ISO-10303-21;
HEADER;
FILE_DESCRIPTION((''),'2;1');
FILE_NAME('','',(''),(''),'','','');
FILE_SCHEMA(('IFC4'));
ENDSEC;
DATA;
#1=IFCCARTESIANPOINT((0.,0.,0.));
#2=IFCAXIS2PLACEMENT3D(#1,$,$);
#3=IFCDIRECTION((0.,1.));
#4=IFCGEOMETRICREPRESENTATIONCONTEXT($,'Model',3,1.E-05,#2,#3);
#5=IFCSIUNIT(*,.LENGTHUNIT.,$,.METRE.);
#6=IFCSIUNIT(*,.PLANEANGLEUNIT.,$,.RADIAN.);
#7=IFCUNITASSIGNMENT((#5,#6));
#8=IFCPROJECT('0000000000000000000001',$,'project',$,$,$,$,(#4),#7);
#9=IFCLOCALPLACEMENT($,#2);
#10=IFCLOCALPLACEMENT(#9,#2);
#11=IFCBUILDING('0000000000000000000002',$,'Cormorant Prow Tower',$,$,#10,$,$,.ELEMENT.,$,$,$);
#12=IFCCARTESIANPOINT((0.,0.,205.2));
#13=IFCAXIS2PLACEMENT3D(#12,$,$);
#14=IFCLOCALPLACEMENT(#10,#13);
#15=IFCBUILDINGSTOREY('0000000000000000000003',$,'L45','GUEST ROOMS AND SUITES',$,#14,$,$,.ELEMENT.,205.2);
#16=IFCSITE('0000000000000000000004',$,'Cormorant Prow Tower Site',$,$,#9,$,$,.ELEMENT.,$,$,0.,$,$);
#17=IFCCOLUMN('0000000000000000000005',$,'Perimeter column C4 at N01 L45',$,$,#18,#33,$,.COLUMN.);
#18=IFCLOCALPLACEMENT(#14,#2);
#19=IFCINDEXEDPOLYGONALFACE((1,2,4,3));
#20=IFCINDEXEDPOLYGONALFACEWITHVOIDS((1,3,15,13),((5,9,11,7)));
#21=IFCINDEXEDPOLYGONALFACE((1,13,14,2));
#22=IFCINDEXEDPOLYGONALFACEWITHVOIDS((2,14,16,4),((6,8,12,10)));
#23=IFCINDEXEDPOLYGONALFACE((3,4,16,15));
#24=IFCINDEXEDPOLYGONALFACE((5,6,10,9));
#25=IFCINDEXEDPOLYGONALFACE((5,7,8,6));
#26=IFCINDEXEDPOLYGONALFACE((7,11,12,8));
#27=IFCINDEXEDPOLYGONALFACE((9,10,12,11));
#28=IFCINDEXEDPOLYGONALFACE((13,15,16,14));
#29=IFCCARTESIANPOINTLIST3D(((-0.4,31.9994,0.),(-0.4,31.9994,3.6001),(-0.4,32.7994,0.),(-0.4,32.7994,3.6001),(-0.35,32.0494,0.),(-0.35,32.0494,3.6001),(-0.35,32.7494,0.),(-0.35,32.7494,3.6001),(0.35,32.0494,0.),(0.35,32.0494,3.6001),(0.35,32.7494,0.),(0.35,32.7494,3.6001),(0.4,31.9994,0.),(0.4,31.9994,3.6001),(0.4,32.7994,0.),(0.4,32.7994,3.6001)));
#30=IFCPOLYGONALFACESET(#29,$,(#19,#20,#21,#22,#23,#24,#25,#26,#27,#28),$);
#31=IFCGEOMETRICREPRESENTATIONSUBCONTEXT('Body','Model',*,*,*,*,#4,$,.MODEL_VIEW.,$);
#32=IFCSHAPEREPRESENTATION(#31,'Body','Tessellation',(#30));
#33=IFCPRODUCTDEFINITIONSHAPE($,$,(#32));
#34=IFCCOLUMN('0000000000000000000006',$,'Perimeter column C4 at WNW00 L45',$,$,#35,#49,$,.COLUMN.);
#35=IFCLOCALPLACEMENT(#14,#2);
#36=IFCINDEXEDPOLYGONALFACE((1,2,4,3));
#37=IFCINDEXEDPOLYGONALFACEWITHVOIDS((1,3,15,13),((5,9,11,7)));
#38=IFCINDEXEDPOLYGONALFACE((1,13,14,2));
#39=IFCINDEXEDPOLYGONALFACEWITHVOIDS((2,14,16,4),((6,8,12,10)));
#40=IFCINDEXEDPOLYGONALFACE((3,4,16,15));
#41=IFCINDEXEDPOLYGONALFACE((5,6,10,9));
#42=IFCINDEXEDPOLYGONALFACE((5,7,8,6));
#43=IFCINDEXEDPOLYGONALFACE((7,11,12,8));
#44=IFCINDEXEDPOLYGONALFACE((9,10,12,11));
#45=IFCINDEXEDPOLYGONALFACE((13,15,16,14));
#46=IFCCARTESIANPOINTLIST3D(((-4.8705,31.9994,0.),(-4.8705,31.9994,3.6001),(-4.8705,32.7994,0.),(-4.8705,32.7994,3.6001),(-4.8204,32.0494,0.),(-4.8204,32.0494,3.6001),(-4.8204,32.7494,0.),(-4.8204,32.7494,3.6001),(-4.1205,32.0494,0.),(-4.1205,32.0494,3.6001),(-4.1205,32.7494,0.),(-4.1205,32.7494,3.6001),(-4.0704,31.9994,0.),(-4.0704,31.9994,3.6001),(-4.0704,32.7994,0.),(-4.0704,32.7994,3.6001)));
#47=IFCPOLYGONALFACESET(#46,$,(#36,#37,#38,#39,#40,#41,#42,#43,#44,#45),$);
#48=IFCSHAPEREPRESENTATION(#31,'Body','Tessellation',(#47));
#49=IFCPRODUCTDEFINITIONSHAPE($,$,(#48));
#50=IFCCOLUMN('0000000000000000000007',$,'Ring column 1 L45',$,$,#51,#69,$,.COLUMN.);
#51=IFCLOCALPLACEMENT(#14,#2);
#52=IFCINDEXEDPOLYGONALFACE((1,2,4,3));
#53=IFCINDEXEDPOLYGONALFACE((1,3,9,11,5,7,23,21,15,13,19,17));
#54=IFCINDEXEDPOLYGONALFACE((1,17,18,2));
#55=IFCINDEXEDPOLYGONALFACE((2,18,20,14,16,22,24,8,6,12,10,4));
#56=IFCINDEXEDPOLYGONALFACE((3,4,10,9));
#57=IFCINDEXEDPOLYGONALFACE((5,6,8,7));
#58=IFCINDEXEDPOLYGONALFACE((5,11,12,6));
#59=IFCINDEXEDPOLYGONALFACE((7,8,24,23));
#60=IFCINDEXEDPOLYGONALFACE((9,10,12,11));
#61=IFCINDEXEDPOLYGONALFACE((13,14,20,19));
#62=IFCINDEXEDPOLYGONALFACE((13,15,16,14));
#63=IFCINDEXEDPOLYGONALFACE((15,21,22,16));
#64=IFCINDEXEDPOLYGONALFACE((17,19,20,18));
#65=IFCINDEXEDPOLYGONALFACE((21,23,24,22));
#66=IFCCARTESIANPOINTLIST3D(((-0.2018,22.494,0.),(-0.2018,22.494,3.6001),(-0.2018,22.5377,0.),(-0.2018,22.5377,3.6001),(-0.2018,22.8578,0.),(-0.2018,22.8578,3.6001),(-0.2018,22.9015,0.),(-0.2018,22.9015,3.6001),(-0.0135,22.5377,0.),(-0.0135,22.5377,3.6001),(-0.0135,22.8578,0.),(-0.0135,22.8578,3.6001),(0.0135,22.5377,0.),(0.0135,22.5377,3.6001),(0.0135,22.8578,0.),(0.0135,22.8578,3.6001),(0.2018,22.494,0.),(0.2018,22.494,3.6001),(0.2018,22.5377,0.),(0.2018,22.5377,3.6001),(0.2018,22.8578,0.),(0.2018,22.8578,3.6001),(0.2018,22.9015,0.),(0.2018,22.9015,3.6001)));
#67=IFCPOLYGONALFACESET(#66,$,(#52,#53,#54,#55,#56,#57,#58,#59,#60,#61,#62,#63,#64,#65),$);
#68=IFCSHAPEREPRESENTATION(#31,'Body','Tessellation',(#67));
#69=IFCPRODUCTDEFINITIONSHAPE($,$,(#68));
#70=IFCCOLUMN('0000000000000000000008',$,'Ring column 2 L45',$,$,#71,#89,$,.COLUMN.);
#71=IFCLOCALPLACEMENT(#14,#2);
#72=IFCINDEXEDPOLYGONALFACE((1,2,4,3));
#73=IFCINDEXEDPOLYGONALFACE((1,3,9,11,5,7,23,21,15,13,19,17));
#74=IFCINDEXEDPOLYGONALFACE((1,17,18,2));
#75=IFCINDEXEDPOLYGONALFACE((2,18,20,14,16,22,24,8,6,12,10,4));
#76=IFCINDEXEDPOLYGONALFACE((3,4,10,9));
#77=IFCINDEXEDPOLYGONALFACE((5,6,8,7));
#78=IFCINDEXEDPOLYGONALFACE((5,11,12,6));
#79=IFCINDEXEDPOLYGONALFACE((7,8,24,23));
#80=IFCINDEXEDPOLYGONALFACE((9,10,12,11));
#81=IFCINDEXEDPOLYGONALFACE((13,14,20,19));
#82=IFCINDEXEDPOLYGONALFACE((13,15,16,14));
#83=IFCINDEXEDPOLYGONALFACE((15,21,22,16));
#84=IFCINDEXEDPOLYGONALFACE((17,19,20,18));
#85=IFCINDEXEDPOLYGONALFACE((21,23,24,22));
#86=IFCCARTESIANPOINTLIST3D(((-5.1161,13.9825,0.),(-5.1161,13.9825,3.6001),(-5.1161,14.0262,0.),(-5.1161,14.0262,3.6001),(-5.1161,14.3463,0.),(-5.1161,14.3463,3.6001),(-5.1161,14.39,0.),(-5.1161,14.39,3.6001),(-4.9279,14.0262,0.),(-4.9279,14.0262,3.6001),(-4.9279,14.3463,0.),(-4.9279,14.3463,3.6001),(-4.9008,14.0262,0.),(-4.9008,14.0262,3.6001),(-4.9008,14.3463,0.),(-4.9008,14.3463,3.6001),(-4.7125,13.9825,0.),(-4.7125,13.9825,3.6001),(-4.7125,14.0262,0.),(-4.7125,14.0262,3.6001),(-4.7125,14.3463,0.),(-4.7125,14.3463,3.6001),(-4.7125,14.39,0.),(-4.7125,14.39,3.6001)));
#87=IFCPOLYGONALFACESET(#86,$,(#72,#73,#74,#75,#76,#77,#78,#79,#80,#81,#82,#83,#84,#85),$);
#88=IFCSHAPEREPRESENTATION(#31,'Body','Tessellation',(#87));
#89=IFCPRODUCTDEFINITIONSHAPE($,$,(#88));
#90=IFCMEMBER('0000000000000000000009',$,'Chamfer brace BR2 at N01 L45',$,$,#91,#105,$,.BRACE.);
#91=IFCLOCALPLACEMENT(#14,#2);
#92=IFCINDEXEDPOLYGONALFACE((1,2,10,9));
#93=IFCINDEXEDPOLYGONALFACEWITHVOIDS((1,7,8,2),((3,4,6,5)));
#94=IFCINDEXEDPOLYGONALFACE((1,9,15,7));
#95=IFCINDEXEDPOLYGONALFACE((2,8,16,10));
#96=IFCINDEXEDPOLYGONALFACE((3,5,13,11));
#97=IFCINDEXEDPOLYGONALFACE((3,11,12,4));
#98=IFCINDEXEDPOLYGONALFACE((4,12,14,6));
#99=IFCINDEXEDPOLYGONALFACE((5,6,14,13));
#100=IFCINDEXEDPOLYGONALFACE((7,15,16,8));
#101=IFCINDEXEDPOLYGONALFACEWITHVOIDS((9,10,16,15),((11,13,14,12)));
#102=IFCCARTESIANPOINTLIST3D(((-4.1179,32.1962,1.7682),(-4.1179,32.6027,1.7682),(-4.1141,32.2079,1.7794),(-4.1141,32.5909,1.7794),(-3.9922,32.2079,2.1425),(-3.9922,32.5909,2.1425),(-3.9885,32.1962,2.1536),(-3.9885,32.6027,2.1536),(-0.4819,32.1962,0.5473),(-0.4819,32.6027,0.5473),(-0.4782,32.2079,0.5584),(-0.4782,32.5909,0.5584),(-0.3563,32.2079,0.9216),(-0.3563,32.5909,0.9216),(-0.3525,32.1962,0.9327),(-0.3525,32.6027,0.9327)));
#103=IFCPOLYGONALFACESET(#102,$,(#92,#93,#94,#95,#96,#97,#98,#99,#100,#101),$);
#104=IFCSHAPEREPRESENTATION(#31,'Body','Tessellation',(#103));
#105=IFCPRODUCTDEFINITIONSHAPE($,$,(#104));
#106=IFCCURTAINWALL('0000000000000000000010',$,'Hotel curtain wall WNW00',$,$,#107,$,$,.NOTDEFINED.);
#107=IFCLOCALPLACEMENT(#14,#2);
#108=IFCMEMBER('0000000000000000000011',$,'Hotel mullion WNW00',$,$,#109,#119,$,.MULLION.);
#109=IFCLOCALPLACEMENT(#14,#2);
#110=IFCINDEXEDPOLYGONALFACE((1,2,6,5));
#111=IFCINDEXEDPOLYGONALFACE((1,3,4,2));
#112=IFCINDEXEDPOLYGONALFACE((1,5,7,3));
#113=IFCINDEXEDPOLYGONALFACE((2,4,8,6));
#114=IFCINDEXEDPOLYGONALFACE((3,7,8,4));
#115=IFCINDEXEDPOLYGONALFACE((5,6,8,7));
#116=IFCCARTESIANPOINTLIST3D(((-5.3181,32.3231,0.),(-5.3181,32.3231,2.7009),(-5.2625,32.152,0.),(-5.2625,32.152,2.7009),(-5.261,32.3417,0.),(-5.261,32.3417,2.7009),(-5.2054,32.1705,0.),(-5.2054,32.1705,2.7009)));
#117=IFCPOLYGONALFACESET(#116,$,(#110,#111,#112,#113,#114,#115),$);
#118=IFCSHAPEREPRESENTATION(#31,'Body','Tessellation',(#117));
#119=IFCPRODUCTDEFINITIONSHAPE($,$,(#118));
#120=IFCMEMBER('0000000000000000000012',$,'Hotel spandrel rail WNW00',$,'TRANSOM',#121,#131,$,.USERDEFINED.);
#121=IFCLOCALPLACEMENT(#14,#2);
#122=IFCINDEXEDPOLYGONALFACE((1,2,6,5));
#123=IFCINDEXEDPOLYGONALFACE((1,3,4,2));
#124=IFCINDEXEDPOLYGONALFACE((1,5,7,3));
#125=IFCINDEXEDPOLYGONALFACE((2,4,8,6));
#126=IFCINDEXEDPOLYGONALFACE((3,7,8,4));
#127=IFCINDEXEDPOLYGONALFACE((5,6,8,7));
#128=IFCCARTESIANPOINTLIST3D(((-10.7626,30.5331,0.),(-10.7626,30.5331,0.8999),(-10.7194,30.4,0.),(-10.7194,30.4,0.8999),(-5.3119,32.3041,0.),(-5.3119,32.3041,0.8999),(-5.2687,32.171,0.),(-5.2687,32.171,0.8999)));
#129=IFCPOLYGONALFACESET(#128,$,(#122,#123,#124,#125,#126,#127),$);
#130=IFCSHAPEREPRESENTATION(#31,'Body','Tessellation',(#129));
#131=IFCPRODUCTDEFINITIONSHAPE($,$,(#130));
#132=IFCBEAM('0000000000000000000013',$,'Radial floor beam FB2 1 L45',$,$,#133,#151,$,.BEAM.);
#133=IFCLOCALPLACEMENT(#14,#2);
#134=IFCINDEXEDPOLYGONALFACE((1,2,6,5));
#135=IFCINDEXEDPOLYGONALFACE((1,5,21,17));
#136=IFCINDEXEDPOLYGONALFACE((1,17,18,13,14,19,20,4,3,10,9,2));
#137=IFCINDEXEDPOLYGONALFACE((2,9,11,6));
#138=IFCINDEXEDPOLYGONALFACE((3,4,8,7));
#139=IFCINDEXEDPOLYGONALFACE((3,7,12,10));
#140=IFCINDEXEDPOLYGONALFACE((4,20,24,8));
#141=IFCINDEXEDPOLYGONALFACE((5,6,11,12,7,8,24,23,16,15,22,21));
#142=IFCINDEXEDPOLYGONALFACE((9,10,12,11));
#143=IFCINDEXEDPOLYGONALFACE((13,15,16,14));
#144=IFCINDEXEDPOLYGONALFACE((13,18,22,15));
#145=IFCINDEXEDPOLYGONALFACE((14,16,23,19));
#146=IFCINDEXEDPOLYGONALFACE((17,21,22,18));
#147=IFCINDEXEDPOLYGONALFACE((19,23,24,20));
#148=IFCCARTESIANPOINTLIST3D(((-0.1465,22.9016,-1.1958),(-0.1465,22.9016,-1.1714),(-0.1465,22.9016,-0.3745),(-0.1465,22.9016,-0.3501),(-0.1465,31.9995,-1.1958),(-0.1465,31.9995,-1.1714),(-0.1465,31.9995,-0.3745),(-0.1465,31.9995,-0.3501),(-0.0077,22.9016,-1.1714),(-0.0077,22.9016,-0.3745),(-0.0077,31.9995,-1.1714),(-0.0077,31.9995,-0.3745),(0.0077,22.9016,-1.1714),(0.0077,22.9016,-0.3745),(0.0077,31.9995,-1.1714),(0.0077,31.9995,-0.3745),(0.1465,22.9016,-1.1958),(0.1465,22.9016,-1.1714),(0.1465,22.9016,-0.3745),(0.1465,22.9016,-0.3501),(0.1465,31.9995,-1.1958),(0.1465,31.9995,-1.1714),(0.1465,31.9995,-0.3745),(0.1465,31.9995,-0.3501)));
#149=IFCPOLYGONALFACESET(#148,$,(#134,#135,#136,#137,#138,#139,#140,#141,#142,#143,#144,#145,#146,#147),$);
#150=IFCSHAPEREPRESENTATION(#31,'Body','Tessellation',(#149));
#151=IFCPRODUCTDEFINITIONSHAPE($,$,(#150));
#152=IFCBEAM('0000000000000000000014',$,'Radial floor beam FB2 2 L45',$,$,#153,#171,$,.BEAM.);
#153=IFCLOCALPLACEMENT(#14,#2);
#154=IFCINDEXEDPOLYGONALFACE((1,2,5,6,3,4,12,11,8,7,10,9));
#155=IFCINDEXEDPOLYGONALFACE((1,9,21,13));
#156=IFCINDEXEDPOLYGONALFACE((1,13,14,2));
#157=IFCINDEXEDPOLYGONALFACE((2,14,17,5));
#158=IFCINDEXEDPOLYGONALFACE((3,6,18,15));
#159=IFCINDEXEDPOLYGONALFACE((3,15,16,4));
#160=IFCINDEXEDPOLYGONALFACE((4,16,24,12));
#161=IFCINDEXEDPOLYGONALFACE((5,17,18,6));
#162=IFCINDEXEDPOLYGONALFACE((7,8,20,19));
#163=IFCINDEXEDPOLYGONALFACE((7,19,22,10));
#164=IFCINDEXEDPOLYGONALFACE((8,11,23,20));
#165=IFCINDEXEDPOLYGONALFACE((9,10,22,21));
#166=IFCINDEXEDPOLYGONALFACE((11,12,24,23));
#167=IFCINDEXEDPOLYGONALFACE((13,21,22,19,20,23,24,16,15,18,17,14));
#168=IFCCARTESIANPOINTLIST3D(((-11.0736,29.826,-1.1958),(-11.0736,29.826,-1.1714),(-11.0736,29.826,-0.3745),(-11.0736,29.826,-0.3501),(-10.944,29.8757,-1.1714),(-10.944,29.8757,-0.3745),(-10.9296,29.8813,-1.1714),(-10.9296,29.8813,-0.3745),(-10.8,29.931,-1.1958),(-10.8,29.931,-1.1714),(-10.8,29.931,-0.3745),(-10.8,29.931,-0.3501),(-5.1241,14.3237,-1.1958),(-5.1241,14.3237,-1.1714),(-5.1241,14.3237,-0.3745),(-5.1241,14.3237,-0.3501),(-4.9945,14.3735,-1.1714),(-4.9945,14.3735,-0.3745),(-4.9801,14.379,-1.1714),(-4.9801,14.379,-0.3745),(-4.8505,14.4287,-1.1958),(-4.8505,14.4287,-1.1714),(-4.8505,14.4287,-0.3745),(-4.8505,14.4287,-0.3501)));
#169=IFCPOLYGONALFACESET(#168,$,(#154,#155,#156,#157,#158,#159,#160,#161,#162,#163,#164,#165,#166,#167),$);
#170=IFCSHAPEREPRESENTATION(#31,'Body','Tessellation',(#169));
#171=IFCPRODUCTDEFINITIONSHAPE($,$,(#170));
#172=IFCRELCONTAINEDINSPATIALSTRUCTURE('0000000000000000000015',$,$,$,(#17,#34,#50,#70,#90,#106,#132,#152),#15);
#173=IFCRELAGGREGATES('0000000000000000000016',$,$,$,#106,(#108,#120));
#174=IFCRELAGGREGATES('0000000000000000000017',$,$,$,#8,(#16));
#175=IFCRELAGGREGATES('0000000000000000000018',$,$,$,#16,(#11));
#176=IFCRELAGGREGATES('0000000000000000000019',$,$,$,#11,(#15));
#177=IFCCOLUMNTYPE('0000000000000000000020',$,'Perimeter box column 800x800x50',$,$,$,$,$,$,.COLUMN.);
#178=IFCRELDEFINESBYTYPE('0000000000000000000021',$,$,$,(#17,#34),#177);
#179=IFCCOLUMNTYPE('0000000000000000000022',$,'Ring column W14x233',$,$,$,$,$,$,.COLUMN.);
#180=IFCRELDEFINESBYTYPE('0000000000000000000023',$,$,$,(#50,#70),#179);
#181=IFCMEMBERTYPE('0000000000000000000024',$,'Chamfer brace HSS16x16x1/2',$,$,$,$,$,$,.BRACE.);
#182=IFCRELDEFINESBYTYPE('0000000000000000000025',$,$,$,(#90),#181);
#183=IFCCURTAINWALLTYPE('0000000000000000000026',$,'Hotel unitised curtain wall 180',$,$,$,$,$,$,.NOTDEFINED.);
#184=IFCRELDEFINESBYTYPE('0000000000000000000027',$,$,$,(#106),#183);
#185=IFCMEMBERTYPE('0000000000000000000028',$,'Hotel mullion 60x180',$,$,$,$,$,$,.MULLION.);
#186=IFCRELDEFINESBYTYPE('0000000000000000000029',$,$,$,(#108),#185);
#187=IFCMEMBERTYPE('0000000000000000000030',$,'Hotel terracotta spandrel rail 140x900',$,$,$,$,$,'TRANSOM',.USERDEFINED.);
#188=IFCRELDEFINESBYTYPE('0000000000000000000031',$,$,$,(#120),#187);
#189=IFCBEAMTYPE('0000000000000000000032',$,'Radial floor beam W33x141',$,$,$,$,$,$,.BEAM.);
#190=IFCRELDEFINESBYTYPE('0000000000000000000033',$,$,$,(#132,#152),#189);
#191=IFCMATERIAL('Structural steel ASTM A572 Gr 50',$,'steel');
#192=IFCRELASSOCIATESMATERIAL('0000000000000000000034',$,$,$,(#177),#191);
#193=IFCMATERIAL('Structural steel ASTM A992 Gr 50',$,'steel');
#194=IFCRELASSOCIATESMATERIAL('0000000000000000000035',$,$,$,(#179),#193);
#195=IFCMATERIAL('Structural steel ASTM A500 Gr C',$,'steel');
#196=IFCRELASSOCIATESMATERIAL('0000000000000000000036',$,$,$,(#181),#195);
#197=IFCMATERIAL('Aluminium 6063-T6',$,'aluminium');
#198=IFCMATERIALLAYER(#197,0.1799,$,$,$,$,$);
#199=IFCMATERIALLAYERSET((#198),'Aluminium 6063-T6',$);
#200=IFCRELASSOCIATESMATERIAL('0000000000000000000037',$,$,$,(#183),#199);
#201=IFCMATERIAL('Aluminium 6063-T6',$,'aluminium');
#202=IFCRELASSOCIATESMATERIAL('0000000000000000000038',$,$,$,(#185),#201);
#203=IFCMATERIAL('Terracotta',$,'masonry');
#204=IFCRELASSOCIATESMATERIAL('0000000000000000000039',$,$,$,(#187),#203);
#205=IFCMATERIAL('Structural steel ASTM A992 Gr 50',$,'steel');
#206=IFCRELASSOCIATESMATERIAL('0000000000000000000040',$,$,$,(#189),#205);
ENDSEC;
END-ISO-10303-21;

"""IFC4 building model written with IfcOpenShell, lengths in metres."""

from ifc_helpers import new_model, si_unit, direction, frame, origin, origin_2d, place, context, subcontext, project, spatial, rectangle, hollow_rectangle, i_section, extrude, material, layer, layer_set, material_profile, profile_set, type_object, element, aggregate, save


model = new_model("IFC4")

# Units and contexts
model_context = context("Model", 3, precision=1e-05, world=origin(), true_north=direction((0.0, 1.0)))
body_context = subcontext(model_context, "Body", "Model", "MODEL_VIEW")
ifc_project = project(units=[si_unit("LENGTHUNIT", "METRE"), si_unit("PLANEANGLEUNIT", "RADIAN")], contexts=[model_context])

# Site, building, storey
site_placement = place(None, origin())
site = spatial("IfcSite", under=ifc_project, at=site_placement, Name="Cormorant Prow Tower Site", CompositionType="ELEMENT", RefElevation=0.0)
building_placement = place(site_placement, origin())
building = spatial("IfcBuilding", under=site, at=building_placement, Name="Cormorant Prow Tower", CompositionType="ELEMENT")
storey_placement = place(building_placement, frame((0.0, 0.0, 205.2)))
storey = spatial("IfcBuildingStorey", under=building, at=storey_placement, Name="L45", Description="GUEST ROOMS AND SUITES", CompositionType="ELEMENT", Elevation=205.2)

# Columns
ifc_material_1 = material(Name="Structural steel ASTM A572 Gr 50", Category="steel")
ifc_material_profile_1 = material_profile(ifc_material_1, hollow_rectangle(XDim=0.8, YDim=0.8, WallThickness=0.05, at=origin_2d()), Name="Box 800x800x50")
ifc_profile_set_1 = profile_set([ifc_material_profile_1], Name="Structural steel ASTM A572 Gr 50")
column_type_1 = type_object("IfcColumnType", Name="Perimeter box column 800x800x50", PredefinedType="COLUMN", material=ifc_profile_set_1)
for number, where, z_axis, x_axis, name in (
    (1, (0.0, 32.3994, 0.0), (0.0, 0.0, 1.0), (1.0, 0.0, 0.0), "Perimeter column C4 at N01 L45"),
    (2, (-4.4705, 32.3994, 0.0), (0.0, 0.0, 1.0), (1.0, 0.0, 0.0), "Perimeter column C4 at WNW00 L45"),
):
    element("IfcColumn", number, at=place(storey_placement, frame(where, z_axis=z_axis, x_axis=x_axis)), inside=storey, type_object=column_type_1, Name=name, PredefinedType="COLUMN", context=body_context, shape_type="SweptSolid", body=[
        extrude(hollow_rectangle(XDim=0.8, YDim=0.8, WallThickness=0.05, at=origin_2d()), origin(), (0.0, 0.0, 1.0), 3.6001),
    ])
ifc_material_2 = material(Name="Structural steel ASTM A992 Gr 50", Category="steel")
ifc_material_profile_2 = material_profile(ifc_material_2, i_section(OverallWidth=0.4036, OverallDepth=0.4075, WebThickness=0.0271, FlangeThickness=0.0437, at=origin_2d()), Name="W14x233")
ifc_profile_set_2 = profile_set([ifc_material_profile_2], Name="Structural steel ASTM A992 Gr 50")
column_type_2 = type_object("IfcColumnType", Name="Ring column W14x233", PredefinedType="COLUMN", material=ifc_profile_set_2)
for number, where, z_axis, x_axis, name in (
    (3, (0.0, 22.6978, 0.0), (0.0, 0.0, 1.0), (1.0, 0.0, 0.0), "Ring column 1 L45"),
    (4, (-4.9143, 14.1863, 0.0), (0.0, 0.0, 1.0), (1.0, 0.0, 0.0), "Ring column 2 L45"),
):
    element("IfcColumn", number, at=place(storey_placement, frame(where, z_axis=z_axis, x_axis=x_axis)), inside=storey, type_object=column_type_2, Name=name, PredefinedType="COLUMN", context=body_context, shape_type="SweptSolid", body=[
        extrude(i_section(OverallWidth=0.4036, OverallDepth=0.4075, WebThickness=0.0271, FlangeThickness=0.0437, at=origin_2d()), origin(), (0.0, 0.0, 1.0), 3.6001),
    ])

# Member
ifc_material_3 = material(Name="Structural steel ASTM A500 Gr C", Category="steel")
ifc_material_profile_3 = material_profile(ifc_material_3, hollow_rectangle(XDim=0.4065, YDim=0.4065, WallThickness=0.0117, at=origin_2d()), Name="HSS16x16x1/2")
ifc_profile_set_3 = profile_set([ifc_material_profile_3], Name="Structural steel ASTM A500 Gr C")
member_type_1 = type_object("IfcMemberType", Name="Chamfer brace HSS16x16x1/2", PredefinedType="BRACE", material=ifc_profile_set_3)
member_1_placement = place(storey_placement, frame((-0.4172, 32.3994, 0.74), z_axis=(-0.947981, 0.0, 0.318328), x_axis=(0.0, -1.0, 0.0)))
element("IfcMember", 5, at=member_1_placement, inside=storey, type_object=member_type_1, Name="Chamfer brace BR2 at N01 L45", PredefinedType="BRACE", context=body_context, shape_type="SweptSolid", body=[
    extrude(hollow_rectangle(XDim=0.4065, YDim=0.4065, WallThickness=0.0117, at=origin_2d()), origin(), (0.0, 0.0, 1.0), 3.8354),
])

# Curtain wall, members
ifc_material_4 = material(Name="Aluminium 6063-T6", Category="aluminium")
ifc_layer_1 = layer(ifc_material_4, 0.1799)
ifc_layer_set_1 = layer_set([ifc_layer_1], Name="Aluminium 6063-T6")
curtain_wall_type = type_object("IfcCurtainWallType", Name="Hotel unitised curtain wall 180", PredefinedType="NOTDEFINED", material=ifc_layer_set_1)
curtain_wall_placement = place(storey_placement, origin())
curtain_wall = element("IfcCurtainWall", 6, at=curtain_wall_placement, inside=storey, type_object=curtain_wall_type, Name="Hotel curtain wall WNW00", PredefinedType="NOTDEFINED")
ifc_material_5 = material(Name="Aluminium 6063-T6", Category="aluminium")
ifc_material_profile_4 = material_profile(ifc_material_5, rectangle(XDim=0.1799, YDim=0.0601, at=origin_2d()), Name="Hotel mullion 60x180")
ifc_profile_set_4 = profile_set([ifc_material_profile_4], Name="Aluminium 6063-T6")
member_type_2 = type_object("IfcMemberType", Name="Hotel mullion 60x180", PredefinedType="MULLION", material=ifc_profile_set_4)
member_2_placement = place(storey_placement, frame((-5.2617, 32.2468, 0.0), z_axis=(0.0, 0.0, 1.0), x_axis=(0.309017, -0.951056, 0.0)))
member_2 = element("IfcMember", 7, at=member_2_placement, type_object=member_type_2, Name="Hotel mullion WNW00", PredefinedType="MULLION", context=body_context, shape_type="SweptSolid", body=[
    extrude(rectangle(XDim=0.1799, YDim=0.0601, at=origin_2d()), origin(), (0.0, 0.0, 1.0), 2.7009),
])
ifc_material_6 = material(Name="Terracotta", Category="masonry")
ifc_material_profile_5 = material_profile(ifc_material_6, rectangle(XDim=0.1399, YDim=0.8999, at=origin_2d()), Name="Hotel terracotta spandrel rail 140x900")
ifc_profile_set_5 = profile_set([ifc_material_profile_5], Name="Terracotta")
member_type_3 = type_object("IfcMemberType", Name="Hotel terracotta spandrel rail 140x900", ElementType="TRANSOM", PredefinedType="USERDEFINED", material=ifc_profile_set_5)
member_3_placement = place(storey_placement, frame((-5.2903, 32.2375, 0.45), z_axis=(-0.951058, -0.309011, 0.0), x_axis=(0.309011, -0.951058, 0.0)))
member_3 = element("IfcMember", 8, at=member_3_placement, type_object=member_type_3, Name="Hotel spandrel rail WNW00", ObjectType="TRANSOM", PredefinedType="USERDEFINED", context=body_context, shape_type="SweptSolid", body=[
    extrude(rectangle(XDim=0.1399, YDim=0.8999, at=origin_2d()), origin(), (0.0, 0.0, 1.0), 5.7312),
])

# Beams
ifc_material_7 = material(Name="Structural steel ASTM A992 Gr 50", Category="steel")
ifc_material_profile_6 = material_profile(ifc_material_7, i_section(OverallWidth=0.293, OverallDepth=0.8457, WebThickness=0.0154, FlangeThickness=0.0244, at=origin_2d()), Name="W33x141")
ifc_profile_set_6 = profile_set([ifc_material_profile_6], Name="Structural steel ASTM A992 Gr 50")
beam_type_1 = type_object("IfcBeamType", Name="Radial floor beam W33x141", PredefinedType="BEAM", material=ifc_profile_set_6)
beam_1_placement = place(storey_placement, frame((0.0, 22.9016, -0.7729), z_axis=(0.0, 1.0, 0.0), x_axis=(-1.0, 0.0, 0.0)))
element("IfcBeam", 9, at=beam_1_placement, inside=storey, type_object=beam_type_1, Name="Radial floor beam FB2 1 L45", PredefinedType="BEAM", context=body_context, shape_type="SweptSolid", body=[
    extrude(i_section(OverallWidth=0.293, OverallDepth=0.8457, WebThickness=0.0154, FlangeThickness=0.0244, at=origin_2d()), origin(), (0.0, 0.0, 1.0), 9.0979),
])
beam_2_placement = place(storey_placement, frame((-4.9873, 14.3762, -0.7729), z_axis=(-0.358301, 0.933606, 0.0), x_axis=(-0.933606, -0.358301, 0.0)))
element("IfcBeam", 10, at=beam_2_placement, inside=storey, type_object=beam_type_1, Name="Radial floor beam FB2 2 L45", PredefinedType="BEAM", context=body_context, shape_type="SweptSolid", body=[
    extrude(i_section(OverallWidth=0.293, OverallDepth=0.8457, WebThickness=0.0154, FlangeThickness=0.0244, at=origin_2d()), origin(), (0.0, 0.0, 1.0), 16.6047),
])

aggregate(curtain_wall, [member_2, member_3])

save(model, "model.ifc")
